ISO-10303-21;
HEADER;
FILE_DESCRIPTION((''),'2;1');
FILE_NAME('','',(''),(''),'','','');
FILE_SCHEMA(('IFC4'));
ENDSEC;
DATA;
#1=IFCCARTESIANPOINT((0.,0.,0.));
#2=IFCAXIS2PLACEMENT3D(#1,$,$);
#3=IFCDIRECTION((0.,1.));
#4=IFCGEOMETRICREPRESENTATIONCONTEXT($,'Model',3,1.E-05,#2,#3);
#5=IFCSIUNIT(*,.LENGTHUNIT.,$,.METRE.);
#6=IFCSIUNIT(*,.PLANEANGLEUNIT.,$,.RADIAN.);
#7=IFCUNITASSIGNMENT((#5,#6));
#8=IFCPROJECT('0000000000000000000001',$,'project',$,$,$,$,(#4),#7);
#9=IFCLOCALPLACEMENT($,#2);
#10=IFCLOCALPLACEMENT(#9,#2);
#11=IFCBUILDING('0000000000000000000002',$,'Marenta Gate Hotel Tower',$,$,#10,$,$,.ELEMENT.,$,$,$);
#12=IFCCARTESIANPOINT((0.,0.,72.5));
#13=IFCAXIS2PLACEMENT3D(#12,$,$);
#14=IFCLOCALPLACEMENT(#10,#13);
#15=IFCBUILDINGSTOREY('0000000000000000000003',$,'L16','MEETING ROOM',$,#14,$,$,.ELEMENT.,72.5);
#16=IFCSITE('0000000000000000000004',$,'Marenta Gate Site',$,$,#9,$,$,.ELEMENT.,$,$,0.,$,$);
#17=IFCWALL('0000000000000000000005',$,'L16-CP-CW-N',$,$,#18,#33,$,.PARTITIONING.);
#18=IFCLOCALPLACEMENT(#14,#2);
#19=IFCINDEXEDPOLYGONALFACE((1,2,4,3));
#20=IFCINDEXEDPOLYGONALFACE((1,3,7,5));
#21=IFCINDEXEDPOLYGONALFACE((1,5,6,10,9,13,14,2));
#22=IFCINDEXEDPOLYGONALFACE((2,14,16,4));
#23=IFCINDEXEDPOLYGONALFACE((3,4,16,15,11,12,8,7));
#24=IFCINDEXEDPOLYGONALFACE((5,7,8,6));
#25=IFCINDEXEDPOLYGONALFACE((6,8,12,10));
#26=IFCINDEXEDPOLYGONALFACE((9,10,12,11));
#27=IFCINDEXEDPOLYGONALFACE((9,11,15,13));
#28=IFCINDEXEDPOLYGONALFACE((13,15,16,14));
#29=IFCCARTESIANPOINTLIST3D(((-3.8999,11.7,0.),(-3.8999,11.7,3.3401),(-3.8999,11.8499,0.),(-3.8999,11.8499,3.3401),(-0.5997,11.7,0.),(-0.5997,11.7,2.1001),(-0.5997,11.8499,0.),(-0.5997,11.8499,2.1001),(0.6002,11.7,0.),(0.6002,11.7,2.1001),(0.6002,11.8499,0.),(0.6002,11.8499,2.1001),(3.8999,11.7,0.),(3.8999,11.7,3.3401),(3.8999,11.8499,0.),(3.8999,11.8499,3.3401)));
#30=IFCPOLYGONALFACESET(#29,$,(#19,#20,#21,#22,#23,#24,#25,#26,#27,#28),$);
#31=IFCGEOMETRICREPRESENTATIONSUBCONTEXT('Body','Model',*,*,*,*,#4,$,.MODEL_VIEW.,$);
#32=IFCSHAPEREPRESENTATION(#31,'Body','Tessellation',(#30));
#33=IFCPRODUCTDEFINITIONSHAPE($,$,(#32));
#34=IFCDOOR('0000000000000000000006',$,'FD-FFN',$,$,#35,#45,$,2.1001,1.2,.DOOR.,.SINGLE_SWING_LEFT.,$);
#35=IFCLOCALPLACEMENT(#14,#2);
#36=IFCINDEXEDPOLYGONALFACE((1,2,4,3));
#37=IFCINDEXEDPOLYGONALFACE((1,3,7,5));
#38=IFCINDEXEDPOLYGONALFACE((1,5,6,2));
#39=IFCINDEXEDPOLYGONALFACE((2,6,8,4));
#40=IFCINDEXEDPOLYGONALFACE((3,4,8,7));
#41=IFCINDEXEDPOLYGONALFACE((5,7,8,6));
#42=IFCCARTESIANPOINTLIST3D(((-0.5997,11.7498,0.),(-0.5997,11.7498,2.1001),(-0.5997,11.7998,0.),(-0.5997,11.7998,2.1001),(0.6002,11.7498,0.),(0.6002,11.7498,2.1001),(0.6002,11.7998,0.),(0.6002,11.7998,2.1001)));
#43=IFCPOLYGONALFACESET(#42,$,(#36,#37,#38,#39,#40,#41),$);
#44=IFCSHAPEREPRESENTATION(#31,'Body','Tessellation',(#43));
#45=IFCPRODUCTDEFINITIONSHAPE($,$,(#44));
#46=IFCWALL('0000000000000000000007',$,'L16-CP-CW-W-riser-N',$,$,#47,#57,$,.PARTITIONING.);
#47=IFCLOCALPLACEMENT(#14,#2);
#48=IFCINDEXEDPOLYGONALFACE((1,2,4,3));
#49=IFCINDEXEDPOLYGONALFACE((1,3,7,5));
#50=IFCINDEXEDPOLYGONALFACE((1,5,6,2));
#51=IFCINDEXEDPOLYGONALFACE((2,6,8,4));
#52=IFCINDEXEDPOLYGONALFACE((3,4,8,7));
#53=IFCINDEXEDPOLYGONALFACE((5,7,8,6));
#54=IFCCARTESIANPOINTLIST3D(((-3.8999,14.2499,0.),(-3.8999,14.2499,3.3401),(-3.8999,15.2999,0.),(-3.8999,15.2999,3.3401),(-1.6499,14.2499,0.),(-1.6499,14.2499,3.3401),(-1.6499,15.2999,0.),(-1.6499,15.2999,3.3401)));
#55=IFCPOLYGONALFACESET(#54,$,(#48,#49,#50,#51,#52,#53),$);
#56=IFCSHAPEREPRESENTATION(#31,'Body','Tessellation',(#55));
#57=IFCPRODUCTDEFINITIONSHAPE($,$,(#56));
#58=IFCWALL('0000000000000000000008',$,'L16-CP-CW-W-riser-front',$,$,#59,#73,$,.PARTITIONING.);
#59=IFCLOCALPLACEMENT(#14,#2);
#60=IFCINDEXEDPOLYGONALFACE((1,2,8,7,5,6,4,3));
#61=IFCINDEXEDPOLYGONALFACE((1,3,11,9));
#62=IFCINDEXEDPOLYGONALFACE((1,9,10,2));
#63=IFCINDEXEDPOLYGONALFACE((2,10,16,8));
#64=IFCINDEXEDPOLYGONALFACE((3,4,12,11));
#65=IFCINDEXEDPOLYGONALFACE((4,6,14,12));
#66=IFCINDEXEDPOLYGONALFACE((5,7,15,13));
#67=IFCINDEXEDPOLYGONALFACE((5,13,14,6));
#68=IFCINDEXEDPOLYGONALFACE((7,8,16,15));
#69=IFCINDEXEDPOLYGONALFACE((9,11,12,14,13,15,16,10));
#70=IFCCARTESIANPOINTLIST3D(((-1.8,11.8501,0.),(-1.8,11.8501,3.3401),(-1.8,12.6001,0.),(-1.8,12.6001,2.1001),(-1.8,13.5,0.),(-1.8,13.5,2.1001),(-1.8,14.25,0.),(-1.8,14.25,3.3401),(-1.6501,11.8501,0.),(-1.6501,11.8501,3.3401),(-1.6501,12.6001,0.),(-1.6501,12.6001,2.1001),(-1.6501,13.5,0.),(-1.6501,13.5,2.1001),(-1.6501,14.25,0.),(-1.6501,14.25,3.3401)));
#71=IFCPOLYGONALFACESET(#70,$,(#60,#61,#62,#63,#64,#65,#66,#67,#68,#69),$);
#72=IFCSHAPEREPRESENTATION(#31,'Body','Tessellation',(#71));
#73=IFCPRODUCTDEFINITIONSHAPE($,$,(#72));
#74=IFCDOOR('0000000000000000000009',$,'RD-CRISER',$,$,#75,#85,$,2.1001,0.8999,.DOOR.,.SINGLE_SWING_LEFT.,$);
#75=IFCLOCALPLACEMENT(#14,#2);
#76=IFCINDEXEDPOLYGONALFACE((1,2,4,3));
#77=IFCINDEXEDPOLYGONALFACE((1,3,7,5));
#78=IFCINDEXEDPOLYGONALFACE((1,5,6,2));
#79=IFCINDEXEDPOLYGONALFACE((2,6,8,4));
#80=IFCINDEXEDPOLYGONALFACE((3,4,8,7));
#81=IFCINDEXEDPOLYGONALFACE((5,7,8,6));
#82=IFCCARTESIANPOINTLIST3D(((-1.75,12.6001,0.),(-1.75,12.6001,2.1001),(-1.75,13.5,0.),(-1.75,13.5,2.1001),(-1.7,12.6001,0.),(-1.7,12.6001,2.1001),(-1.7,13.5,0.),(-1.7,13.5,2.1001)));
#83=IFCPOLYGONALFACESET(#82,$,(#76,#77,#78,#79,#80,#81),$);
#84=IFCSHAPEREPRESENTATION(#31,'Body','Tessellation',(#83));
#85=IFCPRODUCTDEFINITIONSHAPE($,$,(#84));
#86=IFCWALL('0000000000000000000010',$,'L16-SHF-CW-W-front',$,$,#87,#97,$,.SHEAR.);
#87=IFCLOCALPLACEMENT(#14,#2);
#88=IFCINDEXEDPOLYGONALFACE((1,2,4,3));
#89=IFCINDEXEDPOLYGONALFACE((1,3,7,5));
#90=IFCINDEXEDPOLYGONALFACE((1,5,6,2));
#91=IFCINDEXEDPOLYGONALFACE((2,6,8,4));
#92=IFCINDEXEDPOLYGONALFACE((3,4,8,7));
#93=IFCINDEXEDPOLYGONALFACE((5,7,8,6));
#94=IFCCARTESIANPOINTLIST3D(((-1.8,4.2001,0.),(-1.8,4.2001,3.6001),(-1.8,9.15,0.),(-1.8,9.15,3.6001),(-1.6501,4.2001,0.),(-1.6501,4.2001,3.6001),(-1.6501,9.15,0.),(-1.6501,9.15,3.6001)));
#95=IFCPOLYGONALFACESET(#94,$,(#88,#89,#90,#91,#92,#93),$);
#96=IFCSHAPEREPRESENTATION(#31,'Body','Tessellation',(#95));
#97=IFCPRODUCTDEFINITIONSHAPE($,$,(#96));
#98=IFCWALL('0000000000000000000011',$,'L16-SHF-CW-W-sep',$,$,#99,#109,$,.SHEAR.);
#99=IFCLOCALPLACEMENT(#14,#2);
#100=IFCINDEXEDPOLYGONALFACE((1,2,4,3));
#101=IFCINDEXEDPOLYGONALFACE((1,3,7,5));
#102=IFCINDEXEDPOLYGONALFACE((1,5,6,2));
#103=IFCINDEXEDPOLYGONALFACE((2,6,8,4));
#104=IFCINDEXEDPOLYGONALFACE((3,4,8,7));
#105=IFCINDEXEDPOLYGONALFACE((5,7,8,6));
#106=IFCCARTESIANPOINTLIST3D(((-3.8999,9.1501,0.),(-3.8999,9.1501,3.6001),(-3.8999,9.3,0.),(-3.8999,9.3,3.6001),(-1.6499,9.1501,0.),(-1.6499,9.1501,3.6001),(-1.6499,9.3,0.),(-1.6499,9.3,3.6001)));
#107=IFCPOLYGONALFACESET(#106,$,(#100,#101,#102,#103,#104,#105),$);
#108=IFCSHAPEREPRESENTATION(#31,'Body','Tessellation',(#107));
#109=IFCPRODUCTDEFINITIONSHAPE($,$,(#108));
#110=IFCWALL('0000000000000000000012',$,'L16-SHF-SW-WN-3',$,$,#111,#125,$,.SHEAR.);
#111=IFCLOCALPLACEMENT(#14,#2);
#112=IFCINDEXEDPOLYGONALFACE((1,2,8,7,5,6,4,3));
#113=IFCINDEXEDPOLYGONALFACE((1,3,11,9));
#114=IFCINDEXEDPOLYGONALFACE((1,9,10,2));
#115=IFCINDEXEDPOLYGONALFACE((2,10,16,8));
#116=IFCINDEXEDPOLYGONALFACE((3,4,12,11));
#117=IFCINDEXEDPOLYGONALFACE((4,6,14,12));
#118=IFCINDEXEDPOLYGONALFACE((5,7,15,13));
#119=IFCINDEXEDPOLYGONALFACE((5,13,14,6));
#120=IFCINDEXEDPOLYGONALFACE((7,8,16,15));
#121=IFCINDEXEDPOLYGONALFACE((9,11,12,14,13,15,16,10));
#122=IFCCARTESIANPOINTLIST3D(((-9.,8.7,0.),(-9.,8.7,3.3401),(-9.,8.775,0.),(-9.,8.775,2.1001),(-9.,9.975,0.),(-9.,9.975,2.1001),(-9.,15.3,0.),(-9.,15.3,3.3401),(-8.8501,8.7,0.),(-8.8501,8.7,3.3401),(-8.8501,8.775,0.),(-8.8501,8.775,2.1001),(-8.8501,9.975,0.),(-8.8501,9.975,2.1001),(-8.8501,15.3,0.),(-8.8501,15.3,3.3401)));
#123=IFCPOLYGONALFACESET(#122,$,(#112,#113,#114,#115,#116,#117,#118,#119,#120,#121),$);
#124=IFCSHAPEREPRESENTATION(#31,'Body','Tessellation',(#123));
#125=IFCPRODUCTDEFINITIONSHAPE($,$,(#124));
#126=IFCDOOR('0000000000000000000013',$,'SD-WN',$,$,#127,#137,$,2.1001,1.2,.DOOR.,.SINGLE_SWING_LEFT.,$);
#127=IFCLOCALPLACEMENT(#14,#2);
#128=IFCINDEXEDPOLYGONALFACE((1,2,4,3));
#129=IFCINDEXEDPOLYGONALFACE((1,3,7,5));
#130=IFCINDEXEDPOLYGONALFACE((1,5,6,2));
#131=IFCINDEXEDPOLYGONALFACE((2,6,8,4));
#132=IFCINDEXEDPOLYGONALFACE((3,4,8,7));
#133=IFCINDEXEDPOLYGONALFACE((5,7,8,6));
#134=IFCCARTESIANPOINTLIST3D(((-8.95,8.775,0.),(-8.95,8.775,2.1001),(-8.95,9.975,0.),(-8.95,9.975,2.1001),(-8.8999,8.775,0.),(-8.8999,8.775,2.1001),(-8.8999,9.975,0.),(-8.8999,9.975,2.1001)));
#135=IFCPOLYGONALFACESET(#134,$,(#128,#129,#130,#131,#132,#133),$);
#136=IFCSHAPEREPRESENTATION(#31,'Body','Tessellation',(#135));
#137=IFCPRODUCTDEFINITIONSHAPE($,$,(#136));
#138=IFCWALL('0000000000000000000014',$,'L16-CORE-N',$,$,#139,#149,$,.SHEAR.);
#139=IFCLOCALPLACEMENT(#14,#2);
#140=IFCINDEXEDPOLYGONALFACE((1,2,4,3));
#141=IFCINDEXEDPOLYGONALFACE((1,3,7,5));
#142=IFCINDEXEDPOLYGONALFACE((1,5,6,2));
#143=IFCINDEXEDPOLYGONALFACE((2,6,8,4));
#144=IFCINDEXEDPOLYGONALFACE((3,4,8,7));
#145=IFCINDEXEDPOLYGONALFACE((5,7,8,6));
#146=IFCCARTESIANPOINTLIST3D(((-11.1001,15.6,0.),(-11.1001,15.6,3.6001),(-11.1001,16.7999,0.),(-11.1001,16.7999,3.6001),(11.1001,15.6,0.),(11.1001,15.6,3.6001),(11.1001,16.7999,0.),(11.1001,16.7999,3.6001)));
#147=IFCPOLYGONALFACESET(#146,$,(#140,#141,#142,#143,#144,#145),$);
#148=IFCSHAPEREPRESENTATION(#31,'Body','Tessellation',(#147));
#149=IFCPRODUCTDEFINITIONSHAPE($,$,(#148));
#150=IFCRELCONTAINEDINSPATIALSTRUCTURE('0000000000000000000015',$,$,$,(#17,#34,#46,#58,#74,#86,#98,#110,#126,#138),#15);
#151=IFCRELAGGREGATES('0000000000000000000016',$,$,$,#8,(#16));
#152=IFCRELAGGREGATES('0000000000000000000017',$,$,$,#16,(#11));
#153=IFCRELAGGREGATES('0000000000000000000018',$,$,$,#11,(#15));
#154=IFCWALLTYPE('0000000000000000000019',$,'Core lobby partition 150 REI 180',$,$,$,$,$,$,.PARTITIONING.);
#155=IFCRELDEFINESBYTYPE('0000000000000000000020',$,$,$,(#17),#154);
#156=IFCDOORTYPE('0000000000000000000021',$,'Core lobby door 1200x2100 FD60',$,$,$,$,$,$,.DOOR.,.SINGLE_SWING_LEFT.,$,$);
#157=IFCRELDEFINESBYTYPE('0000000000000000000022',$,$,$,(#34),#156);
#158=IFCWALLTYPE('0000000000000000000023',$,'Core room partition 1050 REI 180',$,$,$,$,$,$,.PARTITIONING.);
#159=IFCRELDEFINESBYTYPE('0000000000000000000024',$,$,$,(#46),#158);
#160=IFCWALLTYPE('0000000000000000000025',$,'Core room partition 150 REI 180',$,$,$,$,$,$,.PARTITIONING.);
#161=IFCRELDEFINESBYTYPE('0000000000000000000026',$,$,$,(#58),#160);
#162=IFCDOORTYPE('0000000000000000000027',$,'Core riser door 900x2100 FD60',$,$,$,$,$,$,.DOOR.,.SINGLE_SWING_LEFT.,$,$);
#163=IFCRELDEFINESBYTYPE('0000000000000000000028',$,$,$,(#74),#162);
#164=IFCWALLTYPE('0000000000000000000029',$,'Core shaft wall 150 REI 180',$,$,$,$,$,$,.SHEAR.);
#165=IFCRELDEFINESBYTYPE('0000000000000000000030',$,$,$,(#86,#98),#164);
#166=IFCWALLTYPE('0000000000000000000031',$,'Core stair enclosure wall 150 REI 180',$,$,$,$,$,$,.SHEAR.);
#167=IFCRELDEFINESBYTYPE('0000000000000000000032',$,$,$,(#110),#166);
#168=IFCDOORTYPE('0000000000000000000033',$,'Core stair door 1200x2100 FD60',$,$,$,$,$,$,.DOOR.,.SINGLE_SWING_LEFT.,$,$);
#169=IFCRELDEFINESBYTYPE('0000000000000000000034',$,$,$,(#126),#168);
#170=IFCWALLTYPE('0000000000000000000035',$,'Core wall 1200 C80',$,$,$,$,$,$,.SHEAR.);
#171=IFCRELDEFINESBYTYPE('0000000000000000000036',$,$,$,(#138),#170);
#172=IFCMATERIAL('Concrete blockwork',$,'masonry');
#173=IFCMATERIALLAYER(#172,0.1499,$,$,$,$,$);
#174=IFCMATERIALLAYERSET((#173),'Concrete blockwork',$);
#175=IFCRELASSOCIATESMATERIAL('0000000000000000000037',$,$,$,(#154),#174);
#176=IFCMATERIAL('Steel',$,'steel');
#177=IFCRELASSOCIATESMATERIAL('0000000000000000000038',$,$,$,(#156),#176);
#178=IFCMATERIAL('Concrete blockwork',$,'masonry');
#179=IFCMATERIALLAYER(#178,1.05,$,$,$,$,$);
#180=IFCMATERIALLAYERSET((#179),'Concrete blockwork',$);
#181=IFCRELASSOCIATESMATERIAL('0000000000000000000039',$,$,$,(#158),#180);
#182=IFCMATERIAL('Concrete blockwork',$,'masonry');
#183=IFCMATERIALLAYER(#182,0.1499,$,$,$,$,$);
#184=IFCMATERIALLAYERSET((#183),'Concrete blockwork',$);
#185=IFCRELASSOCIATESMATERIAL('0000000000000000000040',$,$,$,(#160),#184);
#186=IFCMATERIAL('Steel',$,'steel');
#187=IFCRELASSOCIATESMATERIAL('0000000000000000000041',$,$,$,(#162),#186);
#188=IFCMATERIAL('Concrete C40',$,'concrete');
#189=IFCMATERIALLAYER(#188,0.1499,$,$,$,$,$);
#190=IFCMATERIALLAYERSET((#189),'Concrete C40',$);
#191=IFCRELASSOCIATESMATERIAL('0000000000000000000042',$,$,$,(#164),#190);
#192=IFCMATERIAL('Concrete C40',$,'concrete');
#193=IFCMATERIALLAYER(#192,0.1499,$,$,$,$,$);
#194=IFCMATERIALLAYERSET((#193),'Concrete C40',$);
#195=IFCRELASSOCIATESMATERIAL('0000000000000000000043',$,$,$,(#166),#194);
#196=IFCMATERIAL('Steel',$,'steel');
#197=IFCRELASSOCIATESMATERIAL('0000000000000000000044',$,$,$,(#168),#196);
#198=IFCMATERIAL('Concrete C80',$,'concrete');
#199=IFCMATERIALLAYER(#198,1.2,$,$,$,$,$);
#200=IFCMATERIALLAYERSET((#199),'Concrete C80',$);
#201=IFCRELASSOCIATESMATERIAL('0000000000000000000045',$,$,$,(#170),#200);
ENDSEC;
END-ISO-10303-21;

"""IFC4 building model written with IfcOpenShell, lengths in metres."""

from ifc_helpers import new_model, si_unit, direction, frame, frame_2d, origin, place, context, subcontext, project, spatial, rectangle, extrude, material, layer, layer_set, type_object, element, fill, save


model = new_model("IFC4")

# Units and contexts
model_context = context("Model", 3, precision=1e-05, world=origin(), true_north=direction((0.0, 1.0)))
body_context = subcontext(model_context, "Body", "Model", "MODEL_VIEW")
ifc_project = project(units=[si_unit("LENGTHUNIT", "METRE"), si_unit("PLANEANGLEUNIT", "RADIAN")], contexts=[model_context])

# Site, building, storey
site_placement = place(None, origin())
site = spatial("IfcSite", under=ifc_project, at=site_placement, Name="Marenta Gate Site", CompositionType="ELEMENT", RefElevation=0.0)
building_placement = place(site_placement, origin())
building = spatial("IfcBuilding", under=site, at=building_placement, Name="Marenta Gate Hotel Tower", CompositionType="ELEMENT")
storey_placement = place(building_placement, frame((0.0, 0.0, 72.5)))
storey = spatial("IfcBuildingStorey", under=building, at=storey_placement, Name="L16", Description="MEETING ROOM", CompositionType="ELEMENT", Elevation=72.5)

# Wall, opening, door
ifc_material_1 = material(Name="Concrete blockwork", Category="masonry")
ifc_layer_1 = layer(ifc_material_1, 0.1499)
ifc_layer_set_1 = layer_set([ifc_layer_1], Name="Concrete blockwork")
wall_type_1 = type_object("IfcWallType", Name="Core lobby partition 150 REI 180", PredefinedType="PARTITIONING", material=ifc_layer_set_1)
wall_1_placement = place(storey_placement, frame((-3.8999, 11.7749, 0.0), z_axis=(0.0, 0.0, 1.0), x_axis=(1.0, 0.0, 0.0)))
wall_1 = element("IfcWall", 1, at=wall_1_placement, inside=storey, type_object=wall_type_1, Name="L16-CP-CW-N", PredefinedType="PARTITIONING", context=body_context, shape_type="SweptSolid", body=[
    extrude(rectangle(XDim=7.7998, YDim=0.1499, at=frame_2d((3.8999, 0.0))), origin(), (0.0, 0.0, 1.0), 3.3401),
])
opening_1_placement = place(wall_1_placement, frame((3.3, 0.0, 0.0)))
opening_1 = element("IfcOpeningElement", 2, at=opening_1_placement, cuts=wall_1, PredefinedType="OPENING", context=body_context, shape_type="SweptSolid", body=[
    extrude(rectangle(XDim=1.2, YDim=2.1001, at=frame_2d((0.6001, 1.05))), frame((0.0, 0.075, 0.0), z_axis=(0.0, -1.0, 0.0), x_axis=(1.0, 0.0, 0.0)), (0.0, 0.0, 1.0), 0.1499),
])
ifc_material_2 = material(Name="Steel", Category="steel")
door_type_1 = type_object("IfcDoorType", Name="Core lobby door 1200x2100 FD60", OperationType="SINGLE_SWING_LEFT", PredefinedType="DOOR", material=ifc_material_2)
door_1_placement = place(opening_1_placement, origin())
door_1 = element("IfcDoor", 3, at=door_1_placement, inside=storey, type_object=door_type_1, Name="FD-FFN", OperationType="SINGLE_SWING_LEFT", OverallHeight=2.1001, OverallWidth=1.2, PredefinedType="DOOR", context=body_context, shape_type="SweptSolid", body=[
    extrude(rectangle(XDim=1.2, YDim=2.1001, at=frame_2d((0.6001, 1.05))), frame((0.0, 0.0249, 0.0), z_axis=(0.0, -1.0, 0.0), x_axis=(1.0, 0.0, 0.0)), (0.0, 0.0, 1.0), 0.05),
])
fill(opening_1, door_1)

# Wall
ifc_material_3 = material(Name="Concrete blockwork", Category="masonry")
ifc_layer_2 = layer(ifc_material_3, 1.05)
ifc_layer_set_2 = layer_set([ifc_layer_2], Name="Concrete blockwork")
wall_type_2 = type_object("IfcWallType", Name="Core room partition 1050 REI 180", PredefinedType="PARTITIONING", material=ifc_layer_set_2)
wall_2_placement = place(storey_placement, frame((-3.8999, 14.7749, 0.0), z_axis=(0.0, 0.0, 1.0), x_axis=(1.0, 0.0, 0.0)))
element("IfcWall", 4, at=wall_2_placement, inside=storey, type_object=wall_type_2, Name="L16-CP-CW-W-riser-N", PredefinedType="PARTITIONING", context=body_context, shape_type="SweptSolid", body=[
    extrude(rectangle(XDim=2.25, YDim=1.05, at=frame_2d((1.125, 0.0))), origin(), (0.0, 0.0, 1.0), 3.3401),
])

# Wall, opening, door
ifc_material_4 = material(Name="Concrete blockwork", Category="masonry")
ifc_layer_3 = layer(ifc_material_4, 0.1499)
ifc_layer_set_3 = layer_set([ifc_layer_3], Name="Concrete blockwork")
wall_type_3 = type_object("IfcWallType", Name="Core room partition 150 REI 180", PredefinedType="PARTITIONING", material=ifc_layer_set_3)
wall_3_placement = place(storey_placement, frame((-1.7251, 11.8501, 0.0), z_axis=(0.0, 0.0, 1.0), x_axis=(0.0, 1.0, 0.0)))
wall_3 = element("IfcWall", 5, at=wall_3_placement, inside=storey, type_object=wall_type_3, Name="L16-CP-CW-W-riser-front", PredefinedType="PARTITIONING", context=body_context, shape_type="SweptSolid", body=[
    extrude(rectangle(XDim=2.3999, YDim=0.1499, at=frame_2d((1.2, 0.0))), origin(), (0.0, 0.0, 1.0), 3.3401),
])
opening_2_placement = place(wall_3_placement, frame((0.75, 0.0, 0.0)))
opening_2 = element("IfcOpeningElement", 6, at=opening_2_placement, cuts=wall_3, PredefinedType="OPENING", context=body_context, shape_type="SweptSolid", body=[
    extrude(rectangle(XDim=0.8999, YDim=2.1001, at=frame_2d((0.45, 1.05))), frame((0.0, 0.075, 0.0), z_axis=(0.0, -1.0, 0.0), x_axis=(1.0, 0.0, 0.0)), (0.0, 0.0, 1.0), 0.1499),
])
ifc_material_5 = material(Name="Steel", Category="steel")
door_type_2 = type_object("IfcDoorType", Name="Core riser door 900x2100 FD60", OperationType="SINGLE_SWING_LEFT", PredefinedType="DOOR", material=ifc_material_5)
door_2_placement = place(opening_2_placement, origin())
door_2 = element("IfcDoor", 7, at=door_2_placement, inside=storey, type_object=door_type_2, Name="RD-CRISER", OperationType="SINGLE_SWING_LEFT", OverallHeight=2.1001, OverallWidth=0.8999, PredefinedType="DOOR", context=body_context, shape_type="SweptSolid", body=[
    extrude(rectangle(XDim=0.8999, YDim=2.1001, at=frame_2d((0.45, 1.05))), frame((0.0, 0.0249, 0.0), z_axis=(0.0, -1.0, 0.0), x_axis=(1.0, 0.0, 0.0)), (0.0, 0.0, 1.0), 0.05),
])
fill(opening_2, door_2)

# Walls
ifc_material_6 = material(Name="Concrete C40", Category="concrete")
ifc_layer_4 = layer(ifc_material_6, 0.1499)
ifc_layer_set_4 = layer_set([ifc_layer_4], Name="Concrete C40")
wall_type_4 = type_object("IfcWallType", Name="Core shaft wall 150 REI 180", PredefinedType="SHEAR", material=ifc_layer_set_4)
wall_4_placement = place(storey_placement, frame((-1.7251, 4.2, 0.0), z_axis=(0.0, 0.0, 1.0), x_axis=(0.0, 1.0, 0.0)))
element("IfcWall", 8, at=wall_4_placement, inside=storey, type_object=wall_type_4, Name="L16-SHF-CW-W-front", PredefinedType="SHEAR", context=body_context, shape_type="SweptSolid", body=[
    extrude(rectangle(XDim=4.95, YDim=0.1499, at=frame_2d((2.4751, 0.0))), origin(), (0.0, 0.0, 1.0), 3.6001),
])
wall_5_placement = place(storey_placement, frame((-3.8999, 9.2251, 0.0), z_axis=(0.0, 0.0, 1.0), x_axis=(1.0, 0.0, 0.0)))
element("IfcWall", 9, at=wall_5_placement, inside=storey, type_object=wall_type_4, Name="L16-SHF-CW-W-sep", PredefinedType="SHEAR", context=body_context, shape_type="SweptSolid", body=[
    extrude(rectangle(XDim=2.25, YDim=0.1499, at=frame_2d((1.125, 0.0))), origin(), (0.0, 0.0, 1.0), 3.6001),
])

# Wall, opening, door
ifc_material_7 = material(Name="Concrete C40", Category="concrete")
ifc_layer_5 = layer(ifc_material_7, 0.1499)
ifc_layer_set_5 = layer_set([ifc_layer_5], Name="Concrete C40")
wall_type_5 = type_object("IfcWallType", Name="Core stair enclosure wall 150 REI 180", PredefinedType="SHEAR", material=ifc_layer_set_5)
wall_6_placement = place(storey_placement, frame((-8.925, 8.7, 0.0), z_axis=(0.0, 0.0, 1.0), x_axis=(0.0, 1.0, 0.0)))
wall_6 = element("IfcWall", 10, at=wall_6_placement, inside=storey, type_object=wall_type_5, Name="L16-SHF-SW-WN-3", PredefinedType="SHEAR", context=body_context, shape_type="SweptSolid", body=[
    extrude(rectangle(XDim=6.6001, YDim=0.1499, at=frame_2d((3.3, 0.0))), origin(), (0.0, 0.0, 1.0), 3.3401),
])
opening_3_placement = place(wall_6_placement, frame((0.075, 0.0, 0.0)))
opening_3 = element("IfcOpeningElement", 11, at=opening_3_placement, cuts=wall_6, PredefinedType="OPENING", context=body_context, shape_type="SweptSolid", body=[
    extrude(rectangle(XDim=1.2, YDim=2.1001, at=frame_2d((0.6001, 1.05))), frame((0.0, 0.075, 0.0), z_axis=(0.0, -1.0, 0.0), x_axis=(1.0, 0.0, 0.0)), (0.0, 0.0, 1.0), 0.1499),
])
ifc_material_8 = material(Name="Steel", Category="steel")
door_type_3 = type_object("IfcDoorType", Name="Core stair door 1200x2100 FD60", OperationType="SINGLE_SWING_LEFT", PredefinedType="DOOR", material=ifc_material_8)
door_3_placement = place(opening_3_placement, origin())
door_3 = element("IfcDoor", 12, at=door_3_placement, inside=storey, type_object=door_type_3, Name="SD-WN", OperationType="SINGLE_SWING_LEFT", OverallHeight=2.1001, OverallWidth=1.2, PredefinedType="DOOR", context=body_context, shape_type="SweptSolid", body=[
    extrude(rectangle(XDim=1.2, YDim=2.1001, at=frame_2d((0.6001, 1.05))), frame((0.0, 0.0249, 0.0), z_axis=(0.0, -1.0, 0.0), x_axis=(1.0, 0.0, 0.0)), (0.0, 0.0, 1.0), 0.05),
])
fill(opening_3, door_3)

# Wall
ifc_material_9 = material(Name="Concrete C80", Category="concrete")
ifc_layer_6 = layer(ifc_material_9, 1.2)
ifc_layer_set_6 = layer_set([ifc_layer_6], Name="Concrete C80")
wall_type_6 = type_object("IfcWallType", Name="Core wall 1200 C80", PredefinedType="SHEAR", material=ifc_layer_set_6)
wall_7_placement = place(storey_placement, frame((-11.1001, 16.2, 0.0), z_axis=(0.0, 0.0, 1.0), x_axis=(1.0, 0.0, 0.0)))
element("IfcWall", 13, at=wall_7_placement, inside=storey, type_object=wall_type_6, Name="L16-CORE-N", PredefinedType="SHEAR", context=body_context, shape_type="SweptSolid", body=[
    extrude(rectangle(XDim=22.2002, YDim=1.2, at=frame_2d((11.1001, 0.0))), origin(), (0.0, 0.0, 1.0), 3.6001),
])

save(model, "model.ifc")
